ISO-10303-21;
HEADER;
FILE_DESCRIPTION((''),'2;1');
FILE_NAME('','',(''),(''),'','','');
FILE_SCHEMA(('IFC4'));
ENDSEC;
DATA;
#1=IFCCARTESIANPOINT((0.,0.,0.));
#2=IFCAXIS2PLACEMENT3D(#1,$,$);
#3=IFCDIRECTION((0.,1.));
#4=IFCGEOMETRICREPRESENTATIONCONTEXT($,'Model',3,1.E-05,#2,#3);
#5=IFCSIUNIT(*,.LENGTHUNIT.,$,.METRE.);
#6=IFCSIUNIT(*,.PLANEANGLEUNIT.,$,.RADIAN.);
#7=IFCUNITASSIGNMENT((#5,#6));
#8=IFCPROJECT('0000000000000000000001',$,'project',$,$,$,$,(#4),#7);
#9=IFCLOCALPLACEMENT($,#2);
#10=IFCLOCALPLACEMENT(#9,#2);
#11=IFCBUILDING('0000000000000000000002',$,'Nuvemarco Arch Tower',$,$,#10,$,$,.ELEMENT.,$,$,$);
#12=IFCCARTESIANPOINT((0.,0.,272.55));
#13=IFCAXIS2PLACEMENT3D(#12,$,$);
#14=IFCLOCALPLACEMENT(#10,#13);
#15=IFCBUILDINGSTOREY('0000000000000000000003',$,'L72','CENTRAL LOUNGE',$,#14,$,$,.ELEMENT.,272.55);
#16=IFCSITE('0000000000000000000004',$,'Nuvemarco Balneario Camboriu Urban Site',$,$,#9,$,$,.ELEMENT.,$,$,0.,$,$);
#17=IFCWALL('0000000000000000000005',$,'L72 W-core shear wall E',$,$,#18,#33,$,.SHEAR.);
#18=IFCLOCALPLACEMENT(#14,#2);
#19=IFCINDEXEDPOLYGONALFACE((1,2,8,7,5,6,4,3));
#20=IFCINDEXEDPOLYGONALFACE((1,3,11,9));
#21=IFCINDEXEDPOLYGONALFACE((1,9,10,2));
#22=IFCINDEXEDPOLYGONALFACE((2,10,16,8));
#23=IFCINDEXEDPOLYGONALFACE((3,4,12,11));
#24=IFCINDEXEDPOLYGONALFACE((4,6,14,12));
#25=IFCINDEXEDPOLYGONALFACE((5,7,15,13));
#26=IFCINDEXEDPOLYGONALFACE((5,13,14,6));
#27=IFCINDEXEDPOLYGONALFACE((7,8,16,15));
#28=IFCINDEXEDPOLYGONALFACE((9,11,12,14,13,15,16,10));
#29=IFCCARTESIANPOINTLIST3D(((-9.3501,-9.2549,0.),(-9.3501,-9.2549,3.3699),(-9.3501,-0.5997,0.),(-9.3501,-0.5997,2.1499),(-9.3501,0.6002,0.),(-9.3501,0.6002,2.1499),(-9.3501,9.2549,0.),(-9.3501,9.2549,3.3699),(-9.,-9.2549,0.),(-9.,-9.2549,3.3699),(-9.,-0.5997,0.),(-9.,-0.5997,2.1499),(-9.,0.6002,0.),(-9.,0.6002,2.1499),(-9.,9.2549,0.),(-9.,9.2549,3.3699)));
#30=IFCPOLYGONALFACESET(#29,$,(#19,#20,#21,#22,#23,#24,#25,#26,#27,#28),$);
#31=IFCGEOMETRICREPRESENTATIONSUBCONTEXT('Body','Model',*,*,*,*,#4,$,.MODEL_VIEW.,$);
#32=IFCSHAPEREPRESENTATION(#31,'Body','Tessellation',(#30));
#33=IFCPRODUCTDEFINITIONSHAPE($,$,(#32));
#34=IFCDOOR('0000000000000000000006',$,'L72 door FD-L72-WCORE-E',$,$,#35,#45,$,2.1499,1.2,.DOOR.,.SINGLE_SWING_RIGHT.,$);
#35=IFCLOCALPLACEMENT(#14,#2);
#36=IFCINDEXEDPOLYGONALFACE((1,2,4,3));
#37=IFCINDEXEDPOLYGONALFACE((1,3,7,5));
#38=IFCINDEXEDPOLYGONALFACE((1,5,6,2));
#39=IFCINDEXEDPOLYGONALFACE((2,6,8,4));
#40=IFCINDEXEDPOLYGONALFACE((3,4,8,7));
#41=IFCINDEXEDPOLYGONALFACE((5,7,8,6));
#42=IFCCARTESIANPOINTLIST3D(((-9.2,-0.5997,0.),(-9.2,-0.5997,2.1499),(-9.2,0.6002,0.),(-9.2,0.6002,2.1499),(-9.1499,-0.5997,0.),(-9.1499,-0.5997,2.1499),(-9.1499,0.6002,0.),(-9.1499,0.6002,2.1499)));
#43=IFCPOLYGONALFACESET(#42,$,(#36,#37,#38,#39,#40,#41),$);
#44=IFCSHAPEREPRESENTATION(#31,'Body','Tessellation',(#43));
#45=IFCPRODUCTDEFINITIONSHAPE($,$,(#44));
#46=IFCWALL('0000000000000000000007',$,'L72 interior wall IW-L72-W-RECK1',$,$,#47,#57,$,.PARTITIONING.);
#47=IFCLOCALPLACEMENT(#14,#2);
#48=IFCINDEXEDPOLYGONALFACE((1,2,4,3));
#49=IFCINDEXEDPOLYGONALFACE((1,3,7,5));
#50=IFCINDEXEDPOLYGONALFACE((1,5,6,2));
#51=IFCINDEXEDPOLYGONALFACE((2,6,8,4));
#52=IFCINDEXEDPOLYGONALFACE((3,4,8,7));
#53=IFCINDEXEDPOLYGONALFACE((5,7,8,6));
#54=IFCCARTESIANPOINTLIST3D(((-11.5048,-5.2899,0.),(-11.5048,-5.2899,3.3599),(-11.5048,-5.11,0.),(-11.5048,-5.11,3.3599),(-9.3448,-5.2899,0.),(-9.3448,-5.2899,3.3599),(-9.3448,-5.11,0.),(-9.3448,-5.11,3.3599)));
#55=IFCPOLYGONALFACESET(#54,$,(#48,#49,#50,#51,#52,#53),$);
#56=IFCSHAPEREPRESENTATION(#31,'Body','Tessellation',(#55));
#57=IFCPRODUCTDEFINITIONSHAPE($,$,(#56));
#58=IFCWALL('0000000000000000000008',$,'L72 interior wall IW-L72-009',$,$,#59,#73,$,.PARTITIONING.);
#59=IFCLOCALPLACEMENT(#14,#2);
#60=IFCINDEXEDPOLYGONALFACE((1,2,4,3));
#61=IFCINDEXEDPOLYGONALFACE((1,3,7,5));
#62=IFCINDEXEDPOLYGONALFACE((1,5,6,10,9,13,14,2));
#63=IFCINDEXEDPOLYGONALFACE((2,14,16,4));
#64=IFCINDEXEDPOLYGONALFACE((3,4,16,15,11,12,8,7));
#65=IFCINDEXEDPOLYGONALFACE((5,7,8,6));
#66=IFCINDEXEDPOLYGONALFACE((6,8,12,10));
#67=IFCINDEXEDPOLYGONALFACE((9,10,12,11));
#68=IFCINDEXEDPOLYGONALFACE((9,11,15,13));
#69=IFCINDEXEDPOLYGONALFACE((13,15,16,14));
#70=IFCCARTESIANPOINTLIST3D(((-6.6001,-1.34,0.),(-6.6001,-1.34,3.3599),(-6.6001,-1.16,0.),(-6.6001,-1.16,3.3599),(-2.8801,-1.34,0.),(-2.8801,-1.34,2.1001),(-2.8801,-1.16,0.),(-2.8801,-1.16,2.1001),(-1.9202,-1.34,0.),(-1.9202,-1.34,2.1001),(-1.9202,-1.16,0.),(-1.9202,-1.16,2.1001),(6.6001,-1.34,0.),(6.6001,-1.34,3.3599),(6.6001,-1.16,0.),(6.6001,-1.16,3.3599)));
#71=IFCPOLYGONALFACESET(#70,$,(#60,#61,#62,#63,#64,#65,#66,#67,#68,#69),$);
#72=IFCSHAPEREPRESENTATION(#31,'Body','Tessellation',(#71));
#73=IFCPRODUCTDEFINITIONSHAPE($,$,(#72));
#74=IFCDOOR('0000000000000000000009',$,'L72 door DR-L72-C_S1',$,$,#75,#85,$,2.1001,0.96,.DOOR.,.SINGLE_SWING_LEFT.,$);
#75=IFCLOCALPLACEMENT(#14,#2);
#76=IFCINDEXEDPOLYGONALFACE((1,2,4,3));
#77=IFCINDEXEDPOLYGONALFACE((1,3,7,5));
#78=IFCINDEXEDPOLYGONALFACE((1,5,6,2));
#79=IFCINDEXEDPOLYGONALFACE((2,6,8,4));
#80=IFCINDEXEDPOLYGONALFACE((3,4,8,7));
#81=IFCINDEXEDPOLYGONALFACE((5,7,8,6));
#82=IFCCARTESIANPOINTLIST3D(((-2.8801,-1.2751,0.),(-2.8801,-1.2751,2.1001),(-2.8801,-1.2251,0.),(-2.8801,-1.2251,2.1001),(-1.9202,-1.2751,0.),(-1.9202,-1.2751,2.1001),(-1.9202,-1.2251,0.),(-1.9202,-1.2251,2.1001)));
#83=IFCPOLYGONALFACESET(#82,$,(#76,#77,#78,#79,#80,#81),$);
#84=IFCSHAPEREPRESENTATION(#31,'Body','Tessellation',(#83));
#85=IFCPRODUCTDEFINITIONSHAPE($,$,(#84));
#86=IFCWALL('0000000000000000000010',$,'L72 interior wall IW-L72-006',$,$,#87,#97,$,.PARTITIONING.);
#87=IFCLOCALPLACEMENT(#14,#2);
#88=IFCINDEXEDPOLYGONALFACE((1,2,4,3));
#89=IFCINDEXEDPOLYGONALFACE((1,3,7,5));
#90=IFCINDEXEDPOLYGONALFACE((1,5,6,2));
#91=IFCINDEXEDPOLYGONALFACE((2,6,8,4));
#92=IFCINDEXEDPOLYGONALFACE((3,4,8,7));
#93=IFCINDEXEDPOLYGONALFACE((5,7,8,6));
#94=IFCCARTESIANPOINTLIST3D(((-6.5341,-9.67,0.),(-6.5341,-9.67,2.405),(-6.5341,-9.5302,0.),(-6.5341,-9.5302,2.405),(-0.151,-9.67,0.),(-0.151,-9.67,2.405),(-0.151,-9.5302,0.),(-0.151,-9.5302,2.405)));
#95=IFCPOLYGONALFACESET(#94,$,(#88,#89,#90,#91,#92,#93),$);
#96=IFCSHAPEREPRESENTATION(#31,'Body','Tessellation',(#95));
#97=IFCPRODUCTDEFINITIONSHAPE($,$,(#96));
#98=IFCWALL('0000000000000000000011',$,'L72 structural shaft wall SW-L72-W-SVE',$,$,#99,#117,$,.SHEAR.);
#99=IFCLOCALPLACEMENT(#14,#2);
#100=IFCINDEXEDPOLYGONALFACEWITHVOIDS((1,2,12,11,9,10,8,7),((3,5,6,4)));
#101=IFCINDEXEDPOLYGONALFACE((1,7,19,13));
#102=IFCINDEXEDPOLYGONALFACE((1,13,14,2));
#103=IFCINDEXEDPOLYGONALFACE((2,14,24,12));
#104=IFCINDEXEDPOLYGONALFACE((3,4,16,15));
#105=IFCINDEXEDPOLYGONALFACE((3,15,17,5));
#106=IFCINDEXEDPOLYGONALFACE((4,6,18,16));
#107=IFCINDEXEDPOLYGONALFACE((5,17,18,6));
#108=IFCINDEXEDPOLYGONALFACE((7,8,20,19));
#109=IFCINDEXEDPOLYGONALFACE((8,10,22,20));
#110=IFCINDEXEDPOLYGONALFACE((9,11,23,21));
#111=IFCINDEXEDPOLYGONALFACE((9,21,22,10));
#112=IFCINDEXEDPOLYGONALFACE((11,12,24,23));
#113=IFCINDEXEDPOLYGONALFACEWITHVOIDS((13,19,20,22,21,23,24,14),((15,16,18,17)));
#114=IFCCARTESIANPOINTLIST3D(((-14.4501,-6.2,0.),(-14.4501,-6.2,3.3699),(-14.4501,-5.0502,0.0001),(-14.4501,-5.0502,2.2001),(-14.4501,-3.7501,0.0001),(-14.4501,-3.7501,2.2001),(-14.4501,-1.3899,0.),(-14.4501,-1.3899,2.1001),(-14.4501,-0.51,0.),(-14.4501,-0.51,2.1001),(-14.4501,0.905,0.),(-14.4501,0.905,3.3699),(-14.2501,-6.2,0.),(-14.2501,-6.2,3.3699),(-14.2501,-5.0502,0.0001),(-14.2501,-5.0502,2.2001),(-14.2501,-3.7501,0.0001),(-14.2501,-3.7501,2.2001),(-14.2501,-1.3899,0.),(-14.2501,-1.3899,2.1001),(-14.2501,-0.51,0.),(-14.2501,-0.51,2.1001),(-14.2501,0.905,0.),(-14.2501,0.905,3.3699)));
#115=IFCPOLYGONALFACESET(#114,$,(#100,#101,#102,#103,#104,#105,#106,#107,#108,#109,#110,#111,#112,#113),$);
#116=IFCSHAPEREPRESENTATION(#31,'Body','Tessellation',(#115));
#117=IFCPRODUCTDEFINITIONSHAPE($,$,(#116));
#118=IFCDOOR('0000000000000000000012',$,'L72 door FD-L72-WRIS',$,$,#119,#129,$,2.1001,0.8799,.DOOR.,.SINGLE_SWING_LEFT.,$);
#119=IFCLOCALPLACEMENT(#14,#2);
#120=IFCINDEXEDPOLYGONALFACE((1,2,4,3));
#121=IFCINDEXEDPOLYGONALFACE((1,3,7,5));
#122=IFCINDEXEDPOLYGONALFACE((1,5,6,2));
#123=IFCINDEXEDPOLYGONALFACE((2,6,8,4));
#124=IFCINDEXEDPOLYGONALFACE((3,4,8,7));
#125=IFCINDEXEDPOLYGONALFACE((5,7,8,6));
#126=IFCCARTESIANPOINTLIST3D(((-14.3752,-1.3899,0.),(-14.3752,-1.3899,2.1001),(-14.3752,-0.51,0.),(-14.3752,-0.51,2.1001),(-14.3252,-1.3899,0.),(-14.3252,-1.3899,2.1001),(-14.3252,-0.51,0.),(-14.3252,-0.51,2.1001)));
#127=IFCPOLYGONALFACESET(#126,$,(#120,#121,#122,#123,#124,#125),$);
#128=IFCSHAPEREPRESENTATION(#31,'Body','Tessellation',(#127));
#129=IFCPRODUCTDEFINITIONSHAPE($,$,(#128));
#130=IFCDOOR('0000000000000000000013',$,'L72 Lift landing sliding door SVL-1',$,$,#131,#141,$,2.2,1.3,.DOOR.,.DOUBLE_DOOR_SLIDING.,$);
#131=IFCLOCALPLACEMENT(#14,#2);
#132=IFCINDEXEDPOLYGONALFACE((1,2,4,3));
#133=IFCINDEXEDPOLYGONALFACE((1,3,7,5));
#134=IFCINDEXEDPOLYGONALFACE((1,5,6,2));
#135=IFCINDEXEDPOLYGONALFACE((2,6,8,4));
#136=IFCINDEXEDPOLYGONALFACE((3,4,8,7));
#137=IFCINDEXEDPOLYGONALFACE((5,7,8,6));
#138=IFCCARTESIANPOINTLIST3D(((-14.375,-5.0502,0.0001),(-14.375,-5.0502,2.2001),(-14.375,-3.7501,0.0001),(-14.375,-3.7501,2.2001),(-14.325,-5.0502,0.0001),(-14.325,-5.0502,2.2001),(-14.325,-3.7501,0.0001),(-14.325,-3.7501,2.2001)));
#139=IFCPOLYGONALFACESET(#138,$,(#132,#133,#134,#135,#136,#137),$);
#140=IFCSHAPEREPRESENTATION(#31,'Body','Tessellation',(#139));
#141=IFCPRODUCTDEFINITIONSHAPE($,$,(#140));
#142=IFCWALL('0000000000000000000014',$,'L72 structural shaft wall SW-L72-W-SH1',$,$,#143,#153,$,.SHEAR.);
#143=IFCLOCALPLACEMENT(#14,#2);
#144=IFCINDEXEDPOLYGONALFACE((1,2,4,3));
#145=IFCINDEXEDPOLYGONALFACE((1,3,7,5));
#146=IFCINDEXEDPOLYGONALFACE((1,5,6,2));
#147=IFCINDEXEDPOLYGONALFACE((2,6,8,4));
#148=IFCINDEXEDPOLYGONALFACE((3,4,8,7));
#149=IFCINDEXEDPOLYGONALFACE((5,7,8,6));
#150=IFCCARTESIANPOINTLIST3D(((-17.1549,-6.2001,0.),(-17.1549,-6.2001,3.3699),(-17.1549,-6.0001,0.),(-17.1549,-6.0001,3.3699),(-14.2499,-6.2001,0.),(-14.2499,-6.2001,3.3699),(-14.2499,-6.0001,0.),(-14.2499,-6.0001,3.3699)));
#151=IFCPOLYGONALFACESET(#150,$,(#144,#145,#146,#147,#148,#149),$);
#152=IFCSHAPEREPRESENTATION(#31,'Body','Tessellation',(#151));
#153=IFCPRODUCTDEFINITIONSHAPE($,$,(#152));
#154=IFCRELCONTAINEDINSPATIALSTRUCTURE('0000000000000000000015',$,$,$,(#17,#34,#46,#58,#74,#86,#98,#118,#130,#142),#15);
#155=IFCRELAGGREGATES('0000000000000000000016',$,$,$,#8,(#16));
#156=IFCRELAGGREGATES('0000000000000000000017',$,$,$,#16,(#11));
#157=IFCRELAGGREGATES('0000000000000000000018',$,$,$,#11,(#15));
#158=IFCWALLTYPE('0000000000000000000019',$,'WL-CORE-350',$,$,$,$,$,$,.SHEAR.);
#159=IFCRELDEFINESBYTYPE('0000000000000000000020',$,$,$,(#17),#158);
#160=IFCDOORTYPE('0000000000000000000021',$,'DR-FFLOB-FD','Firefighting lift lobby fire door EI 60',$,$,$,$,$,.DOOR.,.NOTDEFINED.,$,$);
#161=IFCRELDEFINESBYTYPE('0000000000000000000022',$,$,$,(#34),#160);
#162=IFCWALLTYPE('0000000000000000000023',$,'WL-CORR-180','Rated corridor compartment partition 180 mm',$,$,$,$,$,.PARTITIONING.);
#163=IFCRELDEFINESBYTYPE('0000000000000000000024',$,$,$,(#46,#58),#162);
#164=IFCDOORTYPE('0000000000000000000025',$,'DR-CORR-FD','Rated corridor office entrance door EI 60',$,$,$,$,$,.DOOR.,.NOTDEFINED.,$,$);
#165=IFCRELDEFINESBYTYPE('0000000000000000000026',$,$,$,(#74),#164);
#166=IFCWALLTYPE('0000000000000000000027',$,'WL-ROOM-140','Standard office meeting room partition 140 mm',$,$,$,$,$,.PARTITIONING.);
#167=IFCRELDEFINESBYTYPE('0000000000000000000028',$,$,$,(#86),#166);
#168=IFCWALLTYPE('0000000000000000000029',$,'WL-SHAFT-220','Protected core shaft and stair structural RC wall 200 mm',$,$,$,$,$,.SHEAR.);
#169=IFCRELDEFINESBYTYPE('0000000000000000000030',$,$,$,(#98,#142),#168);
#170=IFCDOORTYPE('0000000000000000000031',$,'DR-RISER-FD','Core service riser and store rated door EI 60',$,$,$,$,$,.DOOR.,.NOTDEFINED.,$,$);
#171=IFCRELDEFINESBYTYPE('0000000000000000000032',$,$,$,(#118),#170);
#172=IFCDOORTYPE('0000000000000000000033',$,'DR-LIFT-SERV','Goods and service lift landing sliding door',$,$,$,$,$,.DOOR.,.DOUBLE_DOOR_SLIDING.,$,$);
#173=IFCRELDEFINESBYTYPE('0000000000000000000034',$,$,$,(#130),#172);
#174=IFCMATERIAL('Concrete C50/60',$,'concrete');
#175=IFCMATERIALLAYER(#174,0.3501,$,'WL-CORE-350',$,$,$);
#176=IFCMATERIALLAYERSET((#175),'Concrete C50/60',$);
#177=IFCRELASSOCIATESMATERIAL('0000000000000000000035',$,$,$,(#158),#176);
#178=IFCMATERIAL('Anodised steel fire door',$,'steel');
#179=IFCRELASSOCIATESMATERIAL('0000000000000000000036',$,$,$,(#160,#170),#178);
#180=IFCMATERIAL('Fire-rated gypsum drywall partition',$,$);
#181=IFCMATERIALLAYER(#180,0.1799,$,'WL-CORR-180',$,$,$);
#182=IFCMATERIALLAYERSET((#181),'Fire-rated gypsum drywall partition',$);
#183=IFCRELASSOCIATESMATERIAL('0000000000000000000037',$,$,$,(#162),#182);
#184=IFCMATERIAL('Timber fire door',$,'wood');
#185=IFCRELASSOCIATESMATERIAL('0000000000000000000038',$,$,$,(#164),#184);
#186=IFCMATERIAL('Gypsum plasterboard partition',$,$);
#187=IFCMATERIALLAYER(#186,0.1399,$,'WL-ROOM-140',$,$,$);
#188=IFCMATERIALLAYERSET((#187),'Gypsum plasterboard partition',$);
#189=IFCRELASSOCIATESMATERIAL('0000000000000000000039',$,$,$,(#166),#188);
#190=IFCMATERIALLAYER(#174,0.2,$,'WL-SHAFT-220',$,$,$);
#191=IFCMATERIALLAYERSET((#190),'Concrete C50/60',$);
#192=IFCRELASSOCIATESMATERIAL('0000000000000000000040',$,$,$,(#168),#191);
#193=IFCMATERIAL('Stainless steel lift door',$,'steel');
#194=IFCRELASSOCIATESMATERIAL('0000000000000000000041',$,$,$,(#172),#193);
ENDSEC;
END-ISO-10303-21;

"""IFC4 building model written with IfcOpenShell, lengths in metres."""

from ifc_helpers import new_model, si_unit, direction, frame, frame_2d, origin, place, context, subcontext, project, spatial, rectangle, extrude, source, transform, mapped, material, layer, layer_set, type_object, type_shapes, element, fill, save


model = new_model("IFC4")

# Units and contexts
model_context = context("Model", 3, precision=1e-05, world=origin(), true_north=direction((0.0, 1.0)))
body_context = subcontext(model_context, "Body", "Model", "MODEL_VIEW")
ifc_project = project(units=[si_unit("LENGTHUNIT", "METRE"), si_unit("PLANEANGLEUNIT", "RADIAN")], contexts=[model_context])

# Site, building, storey
site_placement = place(None, origin())
site = spatial("IfcSite", under=ifc_project, at=site_placement, Name="Nuvemarco Balneario Camboriu Urban Site", CompositionType="ELEMENT", RefElevation=0.0)
building_placement = place(site_placement, origin())
building = spatial("IfcBuilding", under=site, at=building_placement, Name="Nuvemarco Arch Tower", CompositionType="ELEMENT")
storey_placement = place(building_placement, frame((0.0, 0.0, 272.55)))
storey = spatial("IfcBuildingStorey", under=building, at=storey_placement, Name="L72", Description="CENTRAL LOUNGE", CompositionType="ELEMENT", Elevation=272.55)

# Shared definitions
ifc_material_1 = material(Name="Concrete C50/60", Category="concrete")

# Wall, opening, door
ifc_layer_1 = layer(ifc_material_1, 0.3501, Name="WL-CORE-350")
ifc_layer_set_1 = layer_set([ifc_layer_1], Name="Concrete C50/60")
wall_type_1 = type_object("IfcWallType", Name="WL-CORE-350", PredefinedType="SHEAR", material=ifc_layer_set_1)
wall_1_placement = place(storey_placement, frame((-9.175, -9.2549, 0.0), z_axis=(0.0, 0.0, 1.0), x_axis=(0.0, 1.0, 0.0)))
wall_1 = element("IfcWall", 1, at=wall_1_placement, inside=storey, type_object=wall_type_1, Name="L72 W-core shear wall E", PredefinedType="SHEAR", context=body_context, shape_type="SweptSolid", body=[
    extrude(rectangle(XDim=18.5098, YDim=0.3501, at=frame_2d((9.2549, 0.0))), origin(), (0.0, 0.0, 1.0), 3.3699),
])
opening_1_placement = place(wall_1_placement, frame((8.655, 0.0, 0.0)))
opening_1 = element("IfcOpeningElement", 2, at=opening_1_placement, cuts=wall_1, PredefinedType="OPENING", context=body_context, shape_type="SweptSolid", body=[
    extrude(rectangle(XDim=1.2, YDim=2.1499, at=frame_2d((0.6001, 1.075))), frame((0.0, 0.1851, 0.0), z_axis=(0.0, -1.0, 0.0), x_axis=(1.0, 0.0, 0.0)), (0.0, 0.0, 1.0), 0.3701),
])
ifc_material_2 = material(Name="Anodised steel fire door", Category="steel")
door_type_1 = type_object("IfcDoorType", Name="DR-FFLOB-FD", Description="Firefighting lift lobby fire door EI 60", OperationType="NOTDEFINED", PredefinedType="DOOR", material=ifc_material_2)
shared_shape_1 = source(origin(), body_context, "Body", "SweptSolid", [
    extrude(rectangle(XDim=1.2, YDim=2.1499, at=frame_2d((0.6001, 1.075))), frame((0.0, 0.0249, 0.0), z_axis=(0.0, -1.0, 0.0), x_axis=(1.0, 0.0, 0.0)), (0.0, 0.0, 1.0), 0.05),
])
type_shapes(door_type_1, [shared_shape_1])
door_1_placement = place(opening_1_placement, origin())
door_1 = element("IfcDoor", 3, at=door_1_placement, inside=storey, type_object=door_type_1, Name="L72 door FD-L72-WCORE-E", OperationType="SINGLE_SWING_RIGHT", OverallHeight=2.1499, OverallWidth=1.2, PredefinedType="DOOR", context=body_context, shape_type="MappedRepresentation", body=[
    mapped(shared_shape_1, transform((0.0, 0.0, 0.0), scale=1.0)),
])
fill(opening_1, door_1)

# Wall
ifc_material_3 = material(Name="Fire-rated gypsum drywall partition")
ifc_layer_2 = layer(ifc_material_3, 0.1799, Name="WL-CORR-180")
ifc_layer_set_2 = layer_set([ifc_layer_2], Name="Fire-rated gypsum drywall partition")
wall_type_2 = type_object("IfcWallType", Name="WL-CORR-180", Description="Rated corridor compartment partition 180 mm", PredefinedType="PARTITIONING", material=ifc_layer_set_2)
wall_2_placement = place(storey_placement, frame((-11.5049, -5.2, 0.0), z_axis=(0.0, 0.0, 1.0), x_axis=(1.0, 0.0, 0.0)))
element("IfcWall", 4, at=wall_2_placement, inside=storey, type_object=wall_type_2, Name="L72 interior wall IW-L72-W-RECK1", PredefinedType="PARTITIONING", context=body_context, shape_type="SweptSolid", body=[
    extrude(rectangle(XDim=2.1599, YDim=0.1799, at=frame_2d((1.0801, 0.0))), origin(), (0.0, 0.0, 1.0), 3.3599),
])

# Wall, opening, door
wall_3_placement = place(storey_placement, frame((-6.6001, -1.25, 0.0), z_axis=(0.0, 0.0, 1.0), x_axis=(1.0, 0.0, 0.0)))
wall_3 = element("IfcWall", 5, at=wall_3_placement, inside=storey, type_object=wall_type_2, Name="L72 interior wall IW-L72-009", PredefinedType="PARTITIONING", context=body_context, shape_type="SweptSolid", body=[
    extrude(rectangle(XDim=13.2002, YDim=0.1799, at=frame_2d((6.6001, 0.0))), origin(), (0.0, 0.0, 1.0), 3.3599),
])
opening_2_placement = place(wall_3_placement, frame((3.72, 0.0, 0.0)))
opening_2 = element("IfcOpeningElement", 6, at=opening_2_placement, cuts=wall_3, PredefinedType="OPENING", context=body_context, shape_type="SweptSolid", body=[
    extrude(rectangle(XDim=0.96, YDim=2.1001, at=frame_2d((0.48, 1.05))), frame((0.0, 0.0999, 0.0), z_axis=(0.0, -1.0, 0.0), x_axis=(1.0, 0.0, 0.0)), (0.0, 0.0, 1.0), 0.2),
])
ifc_material_4 = material(Name="Timber fire door", Category="wood")
door_type_2 = type_object("IfcDoorType", Name="DR-CORR-FD", Description="Rated corridor office entrance door EI 60", OperationType="NOTDEFINED", PredefinedType="DOOR", material=ifc_material_4)
shared_shape_2 = source(origin(), body_context, "Body", "SweptSolid", [
    extrude(rectangle(XDim=0.96, YDim=2.1001, at=frame_2d((0.48, 1.05))), frame((0.0, 0.0249, 0.0), z_axis=(0.0, -1.0, 0.0), x_axis=(1.0, 0.0, 0.0)), (0.0, 0.0, 1.0), 0.05),
])
type_shapes(door_type_2, [shared_shape_2])
door_2_placement = place(opening_2_placement, origin())
door_2 = element("IfcDoor", 7, at=door_2_placement, inside=storey, type_object=door_type_2, Name="L72 door DR-L72-C_S1", OperationType="SINGLE_SWING_LEFT", OverallHeight=2.1001, OverallWidth=0.96, PredefinedType="DOOR", context=body_context, shape_type="MappedRepresentation", body=[
    mapped(shared_shape_2, transform((0.0, 0.0, 0.0), scale=1.0)),
])
fill(opening_2, door_2)

# Wall
ifc_material_5 = material(Name="Gypsum plasterboard partition")
ifc_layer_3 = layer(ifc_material_5, 0.1399, Name="WL-ROOM-140")
ifc_layer_set_3 = layer_set([ifc_layer_3], Name="Gypsum plasterboard partition")
wall_type_3 = type_object("IfcWallType", Name="WL-ROOM-140", Description="Standard office meeting room partition 140 mm", PredefinedType="PARTITIONING", material=ifc_layer_set_3)
wall_4_placement = place(storey_placement, frame((-6.5339, -9.6001, 0.0), z_axis=(0.0, 0.0, 1.0), x_axis=(1.0, 0.0, 0.0)))
element("IfcWall", 8, at=wall_4_placement, inside=storey, type_object=wall_type_3, Name="L72 interior wall IW-L72-006", PredefinedType="PARTITIONING", context=body_context, shape_type="SweptSolid", body=[
    extrude(rectangle(XDim=6.3831, YDim=0.1399, at=frame_2d((3.1914, 0.0))), origin(), (0.0, 0.0, 1.0), 2.405),
])

# Shared definitions
ifc_layer_4 = layer(ifc_material_1, 0.2, Name="WL-SHAFT-220")
ifc_layer_set_4 = layer_set([ifc_layer_4], Name="Concrete C50/60")
wall_type_4 = type_object("IfcWallType", Name="WL-SHAFT-220", Description="Protected core shaft and stair structural RC wall 200 mm", PredefinedType="SHEAR", material=ifc_layer_set_4)
ifc_material_6 = material(Name="Stainless steel lift door", Category="steel")

# Wall, openings, doors
wall_5_placement = place(storey_placement, frame((-14.3501, -6.2, 0.0), z_axis=(0.0, 0.0, 1.0), x_axis=(0.0, 1.0, 0.0)))
wall_5 = element("IfcWall", 9, at=wall_5_placement, inside=storey, type_object=wall_type_4, Name="L72 structural shaft wall SW-L72-W-SVE", PredefinedType="SHEAR", context=body_context, shape_type="SweptSolid", body=[
    extrude(rectangle(XDim=7.105, YDim=0.2, at=frame_2d((3.5525, 0.0))), origin(), (0.0, 0.0, 1.0), 3.3699),
])
opening_3_placement = place(wall_5_placement, frame((5.6899, 0.0, 0.0), z_axis=(0.0, 0.0, 1.0), x_axis=(-1.0, 0.0, 0.0)))
opening_3 = element("IfcOpeningElement", 10, at=opening_3_placement, cuts=wall_5, PredefinedType="OPENING", context=body_context, shape_type="SweptSolid", body=[
    extrude(rectangle(XDim=0.8799, YDim=2.1001, at=frame_2d((0.4399, 1.05))), frame((0.0, 0.1099, 0.0), z_axis=(0.0, -1.0, 0.0), x_axis=(1.0, 0.0, 0.0)), (0.0, 0.0, 1.0), 0.22),
])
opening_4_placement = place(wall_5_placement, frame((1.1499, 0.0, 0.0)))
opening_4 = element("IfcOpeningElement", 11, at=opening_4_placement, cuts=wall_5, PredefinedType="OPENING", context=body_context, shape_type="SweptSolid", body=[
    extrude(rectangle(XDim=1.3, YDim=2.2, at=frame_2d((0.6499, 1.1001))), frame((0.0, 0.1099, 0.0), z_axis=(0.0, -1.0, 0.0), x_axis=(1.0, 0.0, 0.0)), (0.0, 0.0, 1.0), 0.22),
])
door_type_3 = type_object("IfcDoorType", Name="DR-RISER-FD", Description="Core service riser and store rated door EI 60", OperationType="NOTDEFINED", PredefinedType="DOOR", material=ifc_material_2)
shared_shape_3 = source(origin(), body_context, "Body", "SweptSolid", [
    extrude(rectangle(XDim=0.8799, YDim=2.1001, at=frame_2d((0.4399, 1.05))), frame((0.0, 0.0249, 0.0), z_axis=(0.0, -1.0, 0.0), x_axis=(1.0, 0.0, 0.0)), (0.0, 0.0, 1.0), 0.05),
])
type_shapes(door_type_3, [shared_shape_3])
door_3_placement = place(opening_3_placement, origin())
door_3 = element("IfcDoor", 12, at=door_3_placement, inside=storey, type_object=door_type_3, Name="L72 door FD-L72-WRIS", OperationType="SINGLE_SWING_LEFT", OverallHeight=2.1001, OverallWidth=0.8799, PredefinedType="DOOR", context=body_context, shape_type="MappedRepresentation", body=[
    mapped(shared_shape_3, transform((0.0, 0.0, 0.0), scale=1.0)),
])
fill(opening_3, door_3)
door_type_4 = type_object("IfcDoorType", Name="DR-LIFT-SERV", Description="Goods and service lift landing sliding door", OperationType="DOUBLE_DOOR_SLIDING", PredefinedType="DOOR", material=ifc_material_6)
shared_shape_4 = source(origin(), body_context, "Body", "SweptSolid", [
    extrude(rectangle(XDim=1.3, YDim=2.2, at=frame_2d((0.6499, 1.1001))), frame((0.0, 0.0249, 0.0), z_axis=(0.0, -1.0, 0.0), x_axis=(1.0, 0.0, 0.0)), (0.0, 0.0, 1.0), 0.05),
])
type_shapes(door_type_4, [shared_shape_4])
door_4_placement = place(opening_4_placement, origin())
door_4 = element("IfcDoor", 13, at=door_4_placement, inside=storey, type_object=door_type_4, Name="L72 Lift landing sliding door SVL-1", OperationType="DOUBLE_DOOR_SLIDING", OverallHeight=2.2, OverallWidth=1.3, PredefinedType="DOOR", context=body_context, shape_type="MappedRepresentation", body=[
    mapped(shared_shape_4, transform((0.0, 0.0, 0.0), scale=1.0)),
])
fill(opening_4, door_4)

# Wall
wall_6_placement = place(storey_placement, frame((-17.155, -6.1001, 0.0), z_axis=(0.0, 0.0, 1.0), x_axis=(1.0, 0.0, 0.0)))
element("IfcWall", 14, at=wall_6_placement, inside=storey, type_object=wall_type_4, Name="L72 structural shaft wall SW-L72-W-SH1", PredefinedType="SHEAR", context=body_context, shape_type="SweptSolid", body=[
    extrude(rectangle(XDim=2.905, YDim=0.2, at=frame_2d((1.4526, 0.0))), origin(), (0.0, 0.0, 1.0), 3.3699),
])

save(model, "model.ifc")
